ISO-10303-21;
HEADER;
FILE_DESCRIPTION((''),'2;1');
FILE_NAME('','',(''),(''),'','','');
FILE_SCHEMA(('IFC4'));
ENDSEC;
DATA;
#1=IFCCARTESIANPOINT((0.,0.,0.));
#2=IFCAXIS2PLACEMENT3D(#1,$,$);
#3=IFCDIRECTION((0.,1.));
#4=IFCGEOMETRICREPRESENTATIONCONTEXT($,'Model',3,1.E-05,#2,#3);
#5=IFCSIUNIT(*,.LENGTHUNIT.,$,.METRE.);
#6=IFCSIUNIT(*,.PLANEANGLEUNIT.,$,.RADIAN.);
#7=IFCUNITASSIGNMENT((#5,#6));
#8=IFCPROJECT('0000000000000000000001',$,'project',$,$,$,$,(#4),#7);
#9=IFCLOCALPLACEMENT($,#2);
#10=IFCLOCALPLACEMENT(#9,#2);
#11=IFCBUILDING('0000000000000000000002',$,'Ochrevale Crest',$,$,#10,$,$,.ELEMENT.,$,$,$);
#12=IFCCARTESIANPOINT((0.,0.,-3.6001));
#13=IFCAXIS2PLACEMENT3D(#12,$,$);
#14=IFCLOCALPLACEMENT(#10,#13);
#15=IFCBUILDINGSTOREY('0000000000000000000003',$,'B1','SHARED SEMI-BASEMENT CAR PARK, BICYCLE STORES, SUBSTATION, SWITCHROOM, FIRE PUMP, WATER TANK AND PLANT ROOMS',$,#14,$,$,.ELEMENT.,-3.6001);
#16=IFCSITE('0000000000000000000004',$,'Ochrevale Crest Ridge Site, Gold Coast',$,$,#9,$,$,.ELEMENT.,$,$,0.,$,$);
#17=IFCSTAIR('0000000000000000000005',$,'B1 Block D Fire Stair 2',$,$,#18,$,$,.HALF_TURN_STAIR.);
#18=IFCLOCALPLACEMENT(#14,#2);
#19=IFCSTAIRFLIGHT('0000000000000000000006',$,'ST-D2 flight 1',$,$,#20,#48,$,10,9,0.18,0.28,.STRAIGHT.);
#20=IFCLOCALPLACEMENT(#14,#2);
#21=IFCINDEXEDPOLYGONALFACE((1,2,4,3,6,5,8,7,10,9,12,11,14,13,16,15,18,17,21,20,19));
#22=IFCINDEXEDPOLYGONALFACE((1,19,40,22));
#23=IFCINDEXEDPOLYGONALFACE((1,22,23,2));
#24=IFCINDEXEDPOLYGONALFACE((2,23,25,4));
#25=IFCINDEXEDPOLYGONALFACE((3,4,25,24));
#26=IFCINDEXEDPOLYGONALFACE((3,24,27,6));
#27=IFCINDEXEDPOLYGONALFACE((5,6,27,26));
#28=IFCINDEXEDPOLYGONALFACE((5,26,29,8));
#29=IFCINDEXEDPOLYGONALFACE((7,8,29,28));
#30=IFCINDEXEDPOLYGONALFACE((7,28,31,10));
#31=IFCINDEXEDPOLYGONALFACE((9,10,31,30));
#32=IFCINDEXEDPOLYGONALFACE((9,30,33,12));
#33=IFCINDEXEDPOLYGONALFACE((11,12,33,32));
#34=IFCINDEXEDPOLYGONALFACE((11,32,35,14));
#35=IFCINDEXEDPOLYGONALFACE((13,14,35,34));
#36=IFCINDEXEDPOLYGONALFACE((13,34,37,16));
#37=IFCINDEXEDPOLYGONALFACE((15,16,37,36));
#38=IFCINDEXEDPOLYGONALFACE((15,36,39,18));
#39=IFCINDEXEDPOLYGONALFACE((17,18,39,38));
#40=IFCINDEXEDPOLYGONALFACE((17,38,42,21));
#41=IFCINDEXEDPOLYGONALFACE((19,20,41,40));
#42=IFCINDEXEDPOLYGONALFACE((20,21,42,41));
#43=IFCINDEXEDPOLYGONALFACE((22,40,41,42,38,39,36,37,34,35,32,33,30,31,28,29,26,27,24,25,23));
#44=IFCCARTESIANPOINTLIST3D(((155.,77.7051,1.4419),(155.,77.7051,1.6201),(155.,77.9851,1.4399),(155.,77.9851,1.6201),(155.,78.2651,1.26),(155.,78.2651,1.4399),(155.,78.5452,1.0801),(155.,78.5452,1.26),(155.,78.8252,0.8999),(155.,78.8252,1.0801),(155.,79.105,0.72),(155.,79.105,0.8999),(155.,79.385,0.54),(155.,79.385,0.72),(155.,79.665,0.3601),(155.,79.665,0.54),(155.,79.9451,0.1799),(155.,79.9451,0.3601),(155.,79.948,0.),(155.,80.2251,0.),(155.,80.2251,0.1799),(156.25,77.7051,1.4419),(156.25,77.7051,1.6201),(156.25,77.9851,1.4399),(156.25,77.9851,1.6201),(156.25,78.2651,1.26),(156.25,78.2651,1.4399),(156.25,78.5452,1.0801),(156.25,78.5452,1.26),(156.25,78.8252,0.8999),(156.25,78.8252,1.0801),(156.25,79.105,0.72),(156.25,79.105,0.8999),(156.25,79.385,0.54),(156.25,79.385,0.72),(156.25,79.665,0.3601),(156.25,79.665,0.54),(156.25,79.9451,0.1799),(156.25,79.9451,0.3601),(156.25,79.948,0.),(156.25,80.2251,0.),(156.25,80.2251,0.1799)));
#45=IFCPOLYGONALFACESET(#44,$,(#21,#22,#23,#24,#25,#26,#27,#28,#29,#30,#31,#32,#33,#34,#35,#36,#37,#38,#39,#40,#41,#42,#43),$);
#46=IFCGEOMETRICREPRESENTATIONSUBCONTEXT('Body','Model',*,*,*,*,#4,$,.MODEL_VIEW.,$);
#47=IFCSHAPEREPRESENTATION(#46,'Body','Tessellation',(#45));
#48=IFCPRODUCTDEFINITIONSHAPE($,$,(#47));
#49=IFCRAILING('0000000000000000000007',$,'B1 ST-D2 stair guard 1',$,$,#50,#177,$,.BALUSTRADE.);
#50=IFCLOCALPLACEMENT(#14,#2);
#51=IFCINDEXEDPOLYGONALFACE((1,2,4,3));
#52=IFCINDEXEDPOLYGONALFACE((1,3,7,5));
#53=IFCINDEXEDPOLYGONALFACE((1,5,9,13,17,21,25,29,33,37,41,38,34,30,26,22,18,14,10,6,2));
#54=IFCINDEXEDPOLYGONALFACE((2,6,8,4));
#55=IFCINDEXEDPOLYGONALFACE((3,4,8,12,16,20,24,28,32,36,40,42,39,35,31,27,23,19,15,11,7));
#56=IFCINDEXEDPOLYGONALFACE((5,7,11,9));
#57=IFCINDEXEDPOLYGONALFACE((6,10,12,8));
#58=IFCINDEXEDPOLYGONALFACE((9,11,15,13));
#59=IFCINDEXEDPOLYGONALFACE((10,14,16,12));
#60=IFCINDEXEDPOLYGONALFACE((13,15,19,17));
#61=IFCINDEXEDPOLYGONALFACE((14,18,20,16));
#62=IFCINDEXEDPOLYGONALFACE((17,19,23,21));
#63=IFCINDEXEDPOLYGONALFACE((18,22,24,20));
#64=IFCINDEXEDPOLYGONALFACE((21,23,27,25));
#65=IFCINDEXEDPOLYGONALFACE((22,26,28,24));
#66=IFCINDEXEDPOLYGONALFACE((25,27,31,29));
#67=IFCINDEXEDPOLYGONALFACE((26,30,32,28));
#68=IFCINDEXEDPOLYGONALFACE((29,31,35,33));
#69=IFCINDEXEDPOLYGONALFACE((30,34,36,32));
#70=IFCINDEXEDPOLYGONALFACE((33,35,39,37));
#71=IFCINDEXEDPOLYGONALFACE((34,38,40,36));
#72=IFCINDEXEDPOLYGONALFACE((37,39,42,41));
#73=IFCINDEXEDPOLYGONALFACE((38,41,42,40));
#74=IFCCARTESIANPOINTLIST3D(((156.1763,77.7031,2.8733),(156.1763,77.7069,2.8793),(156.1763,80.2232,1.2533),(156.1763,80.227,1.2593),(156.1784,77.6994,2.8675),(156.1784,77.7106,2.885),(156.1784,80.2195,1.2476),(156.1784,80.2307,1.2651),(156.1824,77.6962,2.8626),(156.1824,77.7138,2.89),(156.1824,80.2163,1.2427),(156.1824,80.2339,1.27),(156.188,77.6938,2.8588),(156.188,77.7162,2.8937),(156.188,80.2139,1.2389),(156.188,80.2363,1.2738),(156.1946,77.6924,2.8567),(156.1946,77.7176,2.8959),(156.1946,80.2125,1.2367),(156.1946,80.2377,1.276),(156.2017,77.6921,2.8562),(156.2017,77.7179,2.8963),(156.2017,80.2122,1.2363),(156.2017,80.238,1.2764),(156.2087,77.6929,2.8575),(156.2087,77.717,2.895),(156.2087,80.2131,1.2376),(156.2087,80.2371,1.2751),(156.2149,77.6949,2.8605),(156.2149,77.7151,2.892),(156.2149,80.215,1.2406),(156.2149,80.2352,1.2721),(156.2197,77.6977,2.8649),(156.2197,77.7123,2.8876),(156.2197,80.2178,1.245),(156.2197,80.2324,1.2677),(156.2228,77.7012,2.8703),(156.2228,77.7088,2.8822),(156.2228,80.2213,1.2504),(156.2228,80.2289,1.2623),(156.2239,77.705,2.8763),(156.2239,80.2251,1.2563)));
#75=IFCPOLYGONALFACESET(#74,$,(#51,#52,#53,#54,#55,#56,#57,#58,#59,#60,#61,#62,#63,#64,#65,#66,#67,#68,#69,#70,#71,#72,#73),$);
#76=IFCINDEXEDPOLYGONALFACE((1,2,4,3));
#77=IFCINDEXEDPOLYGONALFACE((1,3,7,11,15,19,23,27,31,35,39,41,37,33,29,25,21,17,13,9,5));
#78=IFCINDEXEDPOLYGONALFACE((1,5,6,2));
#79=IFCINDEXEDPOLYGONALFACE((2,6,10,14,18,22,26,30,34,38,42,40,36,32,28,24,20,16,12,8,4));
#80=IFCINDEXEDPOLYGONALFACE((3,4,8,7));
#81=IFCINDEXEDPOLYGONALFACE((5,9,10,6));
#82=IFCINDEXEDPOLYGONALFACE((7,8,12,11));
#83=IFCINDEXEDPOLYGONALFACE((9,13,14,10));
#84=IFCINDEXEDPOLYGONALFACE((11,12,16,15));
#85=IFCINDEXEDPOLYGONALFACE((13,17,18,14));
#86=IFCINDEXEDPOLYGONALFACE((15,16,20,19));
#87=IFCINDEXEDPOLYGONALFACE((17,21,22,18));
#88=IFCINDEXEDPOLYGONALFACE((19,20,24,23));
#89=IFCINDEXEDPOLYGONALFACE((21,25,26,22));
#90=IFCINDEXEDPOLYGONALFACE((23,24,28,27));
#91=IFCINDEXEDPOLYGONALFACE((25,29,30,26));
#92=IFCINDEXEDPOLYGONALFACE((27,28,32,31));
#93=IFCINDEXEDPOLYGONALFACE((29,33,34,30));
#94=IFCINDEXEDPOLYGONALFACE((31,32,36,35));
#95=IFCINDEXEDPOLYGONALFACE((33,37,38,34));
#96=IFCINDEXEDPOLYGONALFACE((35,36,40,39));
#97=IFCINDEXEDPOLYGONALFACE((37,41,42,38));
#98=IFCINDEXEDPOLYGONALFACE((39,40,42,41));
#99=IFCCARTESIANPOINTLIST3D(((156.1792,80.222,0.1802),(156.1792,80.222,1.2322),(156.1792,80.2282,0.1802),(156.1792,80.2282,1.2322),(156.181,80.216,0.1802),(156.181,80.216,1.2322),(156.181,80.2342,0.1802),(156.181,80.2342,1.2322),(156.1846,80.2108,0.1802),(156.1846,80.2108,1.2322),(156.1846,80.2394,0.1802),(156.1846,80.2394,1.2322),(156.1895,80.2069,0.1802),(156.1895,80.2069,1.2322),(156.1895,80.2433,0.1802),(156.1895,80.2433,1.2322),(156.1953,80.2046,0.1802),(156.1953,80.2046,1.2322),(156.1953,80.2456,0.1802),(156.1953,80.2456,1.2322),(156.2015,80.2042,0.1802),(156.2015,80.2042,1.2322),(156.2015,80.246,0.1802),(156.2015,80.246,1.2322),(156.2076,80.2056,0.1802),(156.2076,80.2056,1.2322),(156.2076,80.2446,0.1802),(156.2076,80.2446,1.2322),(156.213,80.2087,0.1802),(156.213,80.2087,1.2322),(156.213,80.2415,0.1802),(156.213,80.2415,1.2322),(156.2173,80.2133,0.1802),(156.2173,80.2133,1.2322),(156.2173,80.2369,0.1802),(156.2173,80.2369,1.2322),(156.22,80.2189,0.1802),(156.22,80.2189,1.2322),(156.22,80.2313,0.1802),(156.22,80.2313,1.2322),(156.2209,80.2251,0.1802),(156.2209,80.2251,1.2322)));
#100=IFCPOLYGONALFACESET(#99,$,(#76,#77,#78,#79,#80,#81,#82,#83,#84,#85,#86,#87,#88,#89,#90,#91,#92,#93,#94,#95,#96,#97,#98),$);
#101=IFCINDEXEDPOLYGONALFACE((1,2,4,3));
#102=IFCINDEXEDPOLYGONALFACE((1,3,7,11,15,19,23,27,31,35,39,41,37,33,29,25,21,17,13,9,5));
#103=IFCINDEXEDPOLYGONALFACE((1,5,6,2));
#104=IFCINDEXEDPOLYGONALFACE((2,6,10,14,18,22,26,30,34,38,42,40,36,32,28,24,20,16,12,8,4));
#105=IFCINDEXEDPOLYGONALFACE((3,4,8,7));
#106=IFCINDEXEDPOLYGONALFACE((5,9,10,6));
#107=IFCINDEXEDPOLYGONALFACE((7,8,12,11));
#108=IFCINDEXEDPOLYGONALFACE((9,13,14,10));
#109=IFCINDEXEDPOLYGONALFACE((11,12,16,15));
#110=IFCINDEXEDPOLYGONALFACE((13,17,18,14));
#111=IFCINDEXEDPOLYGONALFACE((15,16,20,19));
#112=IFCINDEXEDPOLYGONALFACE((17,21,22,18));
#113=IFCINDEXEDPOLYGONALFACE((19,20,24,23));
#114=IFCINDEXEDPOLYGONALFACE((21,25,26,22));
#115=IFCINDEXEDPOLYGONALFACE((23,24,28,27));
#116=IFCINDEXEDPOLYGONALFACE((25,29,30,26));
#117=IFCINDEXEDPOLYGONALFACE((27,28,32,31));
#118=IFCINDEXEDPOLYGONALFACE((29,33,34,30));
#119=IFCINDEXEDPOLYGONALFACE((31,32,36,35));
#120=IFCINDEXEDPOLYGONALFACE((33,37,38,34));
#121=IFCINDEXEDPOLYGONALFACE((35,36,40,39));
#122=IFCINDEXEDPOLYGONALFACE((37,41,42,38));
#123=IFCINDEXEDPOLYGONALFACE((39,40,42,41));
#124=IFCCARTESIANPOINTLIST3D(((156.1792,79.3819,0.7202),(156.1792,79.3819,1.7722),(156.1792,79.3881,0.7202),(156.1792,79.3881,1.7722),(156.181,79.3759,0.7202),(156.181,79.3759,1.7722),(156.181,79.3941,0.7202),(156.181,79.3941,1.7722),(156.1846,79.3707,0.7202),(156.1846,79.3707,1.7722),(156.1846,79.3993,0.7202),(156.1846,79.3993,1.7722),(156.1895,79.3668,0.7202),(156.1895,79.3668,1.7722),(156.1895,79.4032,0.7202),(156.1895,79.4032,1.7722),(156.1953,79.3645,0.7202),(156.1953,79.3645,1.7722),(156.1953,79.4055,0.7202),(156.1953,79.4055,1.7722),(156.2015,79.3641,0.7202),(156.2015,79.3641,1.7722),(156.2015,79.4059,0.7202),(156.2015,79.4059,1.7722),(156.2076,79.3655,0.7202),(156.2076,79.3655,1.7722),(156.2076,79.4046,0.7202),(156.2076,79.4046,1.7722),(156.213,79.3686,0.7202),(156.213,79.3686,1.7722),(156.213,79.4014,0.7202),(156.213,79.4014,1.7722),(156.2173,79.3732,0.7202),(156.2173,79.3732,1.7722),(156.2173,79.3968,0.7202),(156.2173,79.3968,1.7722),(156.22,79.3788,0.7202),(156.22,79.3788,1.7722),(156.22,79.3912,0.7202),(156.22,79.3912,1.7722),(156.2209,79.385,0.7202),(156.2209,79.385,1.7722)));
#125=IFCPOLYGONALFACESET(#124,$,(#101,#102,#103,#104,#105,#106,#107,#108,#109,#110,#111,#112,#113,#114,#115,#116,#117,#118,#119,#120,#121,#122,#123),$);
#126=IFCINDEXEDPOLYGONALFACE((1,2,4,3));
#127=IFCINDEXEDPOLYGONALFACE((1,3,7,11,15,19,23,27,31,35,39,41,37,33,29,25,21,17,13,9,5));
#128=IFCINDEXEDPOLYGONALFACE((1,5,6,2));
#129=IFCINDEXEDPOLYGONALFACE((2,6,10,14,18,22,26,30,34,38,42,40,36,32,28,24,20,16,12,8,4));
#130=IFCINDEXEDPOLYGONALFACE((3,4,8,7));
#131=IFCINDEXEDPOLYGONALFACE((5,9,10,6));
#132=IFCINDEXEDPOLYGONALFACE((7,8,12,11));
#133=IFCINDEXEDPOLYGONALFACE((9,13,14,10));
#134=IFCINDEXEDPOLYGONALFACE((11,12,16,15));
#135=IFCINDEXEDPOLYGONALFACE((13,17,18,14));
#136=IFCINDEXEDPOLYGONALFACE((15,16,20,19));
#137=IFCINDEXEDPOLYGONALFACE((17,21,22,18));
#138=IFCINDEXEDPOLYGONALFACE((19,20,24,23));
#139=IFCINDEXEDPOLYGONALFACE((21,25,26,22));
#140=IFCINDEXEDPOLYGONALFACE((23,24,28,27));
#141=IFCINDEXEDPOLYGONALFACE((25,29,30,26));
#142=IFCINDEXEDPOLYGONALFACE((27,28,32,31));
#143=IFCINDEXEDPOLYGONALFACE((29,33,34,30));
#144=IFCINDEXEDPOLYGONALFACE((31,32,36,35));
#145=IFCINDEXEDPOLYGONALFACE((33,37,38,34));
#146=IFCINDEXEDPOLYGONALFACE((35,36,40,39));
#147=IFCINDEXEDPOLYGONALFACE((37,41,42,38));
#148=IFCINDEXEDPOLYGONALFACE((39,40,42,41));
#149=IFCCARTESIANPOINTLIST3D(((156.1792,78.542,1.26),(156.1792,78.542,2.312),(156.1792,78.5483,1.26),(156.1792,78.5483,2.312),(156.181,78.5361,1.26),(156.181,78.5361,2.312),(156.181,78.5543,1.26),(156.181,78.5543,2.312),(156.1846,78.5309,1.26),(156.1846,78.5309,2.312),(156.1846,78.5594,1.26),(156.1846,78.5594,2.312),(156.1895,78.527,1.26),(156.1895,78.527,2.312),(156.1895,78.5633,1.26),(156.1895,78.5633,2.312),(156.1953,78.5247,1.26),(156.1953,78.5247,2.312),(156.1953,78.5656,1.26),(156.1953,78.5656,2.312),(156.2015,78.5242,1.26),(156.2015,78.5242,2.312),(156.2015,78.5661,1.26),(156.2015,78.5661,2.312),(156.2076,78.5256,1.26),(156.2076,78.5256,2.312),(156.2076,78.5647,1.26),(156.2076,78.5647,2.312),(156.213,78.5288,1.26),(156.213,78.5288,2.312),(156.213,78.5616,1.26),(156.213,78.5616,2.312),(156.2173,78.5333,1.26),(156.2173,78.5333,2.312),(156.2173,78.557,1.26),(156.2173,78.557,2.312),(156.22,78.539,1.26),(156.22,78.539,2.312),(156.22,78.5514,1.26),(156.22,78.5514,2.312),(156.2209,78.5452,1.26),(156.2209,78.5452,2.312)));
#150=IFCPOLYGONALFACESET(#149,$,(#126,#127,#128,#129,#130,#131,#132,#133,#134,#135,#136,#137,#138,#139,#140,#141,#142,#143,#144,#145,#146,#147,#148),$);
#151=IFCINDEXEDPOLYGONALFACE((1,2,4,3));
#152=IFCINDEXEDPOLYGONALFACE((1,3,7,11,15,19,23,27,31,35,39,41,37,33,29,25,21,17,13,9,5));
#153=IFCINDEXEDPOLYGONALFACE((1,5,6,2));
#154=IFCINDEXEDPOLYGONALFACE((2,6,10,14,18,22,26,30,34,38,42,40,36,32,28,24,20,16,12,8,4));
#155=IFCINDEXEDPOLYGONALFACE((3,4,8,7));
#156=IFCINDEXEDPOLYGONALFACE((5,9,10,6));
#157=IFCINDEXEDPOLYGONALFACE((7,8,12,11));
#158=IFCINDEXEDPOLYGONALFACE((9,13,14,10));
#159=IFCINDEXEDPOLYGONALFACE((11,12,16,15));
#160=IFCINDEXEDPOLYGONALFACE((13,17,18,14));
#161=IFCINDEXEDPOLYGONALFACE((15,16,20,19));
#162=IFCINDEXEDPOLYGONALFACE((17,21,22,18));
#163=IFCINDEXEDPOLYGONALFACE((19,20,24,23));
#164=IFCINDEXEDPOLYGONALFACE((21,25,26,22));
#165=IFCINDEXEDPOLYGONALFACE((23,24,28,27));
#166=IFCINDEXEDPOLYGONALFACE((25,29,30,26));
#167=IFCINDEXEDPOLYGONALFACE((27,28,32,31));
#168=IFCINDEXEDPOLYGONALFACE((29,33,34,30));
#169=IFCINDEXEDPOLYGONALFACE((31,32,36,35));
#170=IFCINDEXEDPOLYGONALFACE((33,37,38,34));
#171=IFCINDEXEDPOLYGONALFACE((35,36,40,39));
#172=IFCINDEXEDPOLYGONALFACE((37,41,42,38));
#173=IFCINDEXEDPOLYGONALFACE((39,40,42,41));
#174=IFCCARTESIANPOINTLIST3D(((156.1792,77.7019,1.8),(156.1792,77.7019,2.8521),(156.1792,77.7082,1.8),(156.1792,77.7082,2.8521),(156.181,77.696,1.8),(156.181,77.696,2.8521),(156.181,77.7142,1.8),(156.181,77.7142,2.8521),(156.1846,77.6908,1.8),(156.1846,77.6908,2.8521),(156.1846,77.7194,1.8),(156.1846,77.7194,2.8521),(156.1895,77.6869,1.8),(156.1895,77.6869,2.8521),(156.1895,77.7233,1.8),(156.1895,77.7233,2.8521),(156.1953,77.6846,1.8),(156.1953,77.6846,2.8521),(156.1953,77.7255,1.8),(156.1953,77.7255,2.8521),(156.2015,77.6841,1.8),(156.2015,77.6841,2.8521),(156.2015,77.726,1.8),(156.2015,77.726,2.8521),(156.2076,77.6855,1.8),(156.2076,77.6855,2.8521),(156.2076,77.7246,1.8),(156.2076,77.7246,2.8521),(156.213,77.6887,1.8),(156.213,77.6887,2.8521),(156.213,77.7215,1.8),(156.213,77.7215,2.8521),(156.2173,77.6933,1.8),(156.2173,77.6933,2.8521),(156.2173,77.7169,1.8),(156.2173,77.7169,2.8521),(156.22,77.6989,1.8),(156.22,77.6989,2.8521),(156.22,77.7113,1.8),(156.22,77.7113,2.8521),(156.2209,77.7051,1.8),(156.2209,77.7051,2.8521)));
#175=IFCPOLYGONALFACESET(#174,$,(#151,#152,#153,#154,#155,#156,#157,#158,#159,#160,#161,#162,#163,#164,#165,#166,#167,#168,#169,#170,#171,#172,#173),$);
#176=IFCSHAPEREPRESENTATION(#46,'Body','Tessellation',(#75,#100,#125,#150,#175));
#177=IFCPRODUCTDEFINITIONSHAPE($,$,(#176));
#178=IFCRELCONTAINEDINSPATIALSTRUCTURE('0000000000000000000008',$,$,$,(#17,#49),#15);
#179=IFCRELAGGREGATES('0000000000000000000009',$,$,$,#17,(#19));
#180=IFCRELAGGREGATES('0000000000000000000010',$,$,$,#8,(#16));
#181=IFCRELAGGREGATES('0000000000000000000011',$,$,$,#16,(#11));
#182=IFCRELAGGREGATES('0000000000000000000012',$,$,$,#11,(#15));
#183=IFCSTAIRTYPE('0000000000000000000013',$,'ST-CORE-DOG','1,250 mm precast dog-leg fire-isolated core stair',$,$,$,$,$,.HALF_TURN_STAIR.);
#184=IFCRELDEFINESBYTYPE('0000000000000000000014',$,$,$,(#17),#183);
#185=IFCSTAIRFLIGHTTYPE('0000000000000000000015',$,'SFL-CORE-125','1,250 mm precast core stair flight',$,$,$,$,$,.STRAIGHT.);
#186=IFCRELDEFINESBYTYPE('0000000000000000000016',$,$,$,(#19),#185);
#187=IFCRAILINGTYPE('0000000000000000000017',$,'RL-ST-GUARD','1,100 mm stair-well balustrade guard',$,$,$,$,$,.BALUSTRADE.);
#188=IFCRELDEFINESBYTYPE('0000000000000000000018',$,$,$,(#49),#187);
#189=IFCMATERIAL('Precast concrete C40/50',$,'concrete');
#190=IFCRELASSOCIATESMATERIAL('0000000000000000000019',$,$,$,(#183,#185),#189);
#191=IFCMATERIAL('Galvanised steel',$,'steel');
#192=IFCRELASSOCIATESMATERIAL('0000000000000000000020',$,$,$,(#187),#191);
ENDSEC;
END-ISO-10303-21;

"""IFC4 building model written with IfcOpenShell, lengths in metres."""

from ifc_helpers import new_model, si_unit, direction, frame, origin, origin_2d, place, context, subcontext, project, spatial, polyline, circle, outline, extrude, material, type_object, element, aggregate, save


model = new_model("IFC4")

# Units and contexts
model_context = context("Model", 3, precision=1e-05, world=origin(), true_north=direction((0.0, 1.0)))
body_context = subcontext(model_context, "Body", "Model", "MODEL_VIEW")
ifc_project = project(units=[si_unit("LENGTHUNIT", "METRE"), si_unit("PLANEANGLEUNIT", "RADIAN")], contexts=[model_context])

# Site, building, storey
site_placement = place(None, origin())
site = spatial("IfcSite", under=ifc_project, at=site_placement, Name="Ochrevale Crest Ridge Site, Gold Coast", CompositionType="ELEMENT", RefElevation=0.0)
building_placement = place(site_placement, origin())
building = spatial("IfcBuilding", under=site, at=building_placement, Name="Ochrevale Crest", CompositionType="ELEMENT")
storey_placement = place(building_placement, frame((0.0, 0.0, -3.6001)))
storey = spatial("IfcBuildingStorey", under=building, at=storey_placement, Name="B1", Description="SHARED SEMI-BASEMENT CAR PARK, BICYCLE STORES, SUBSTATION, SWITCHROOM, FIRE PUMP, WATER TANK AND PLANT ROOMS", CompositionType="ELEMENT", Elevation=-3.6001)

# Stair, stair flight
ifc_material_1 = material(Name="Precast concrete C40/50", Category="concrete")
stair_type = type_object("IfcStairType", Name="ST-CORE-DOG", Description="1,250 mm precast dog-leg fire-isolated core stair", PredefinedType="HALF_TURN_STAIR", material=ifc_material_1)
stair_placement = place(storey_placement, origin())
stair = element("IfcStair", 1, at=stair_placement, inside=storey, type_object=stair_type, Name="B1 Block D Fire Stair 2", PredefinedType="HALF_TURN_STAIR")
stair_flight_type = type_object("IfcStairFlightType", Name="SFL-CORE-125", Description="1,250 mm precast core stair flight", PredefinedType="STRAIGHT", material=ifc_material_1)
stair_flight_placement = place(storey_placement, frame((155.625, 80.2251, 0.0), z_axis=(0.0, 0.0, 1.0), x_axis=(0.0, -1.0, 0.0)))
stair_flight = element("IfcStairFlight", 2, at=stair_flight_placement, type_object=stair_flight_type, Name="ST-D2 flight 1", NumberOfRisers=10, NumberOfTreads=9, PredefinedType="STRAIGHT", RiserHeight=0.18, TreadLength=0.28, context=body_context, shape_type="SweptSolid", body=[
    extrude(outline(polyline([(0.0, 0.0), (0.0, 0.1799), (0.28, 0.1799), (0.28, 0.3601), (0.5601, 0.3601), (0.5601, 0.54), (0.8401, 0.54), (0.8401, 0.72), (1.1201, 0.72), (1.1201, 0.8999), (1.3999, 0.8999), (1.3999, 1.0801), (1.6799, 1.0801), (1.6799, 1.26), (1.96, 1.26), (1.96, 1.4399), (2.24, 1.4399), (2.24, 1.6201), (2.52, 1.6201), (2.52, 1.8), (2.52, 1.4419), (0.2771, 0.0), (0.0, 0.0)])), frame((0.0, 0.625, 0.0), z_axis=(0.0, -1.0, 0.0), x_axis=(1.0, 0.0, 0.0)), (0.0, 0.0, 1.0), 1.25),
])
aggregate(stair, [stair_flight])

# Railing
ifc_material_2 = material(Name="Galvanised steel", Category="steel")
railing_type_1 = type_object("IfcRailingType", Name="RL-ST-GUARD", Description="1,100 mm stair-well balustrade guard", PredefinedType="BALUSTRADE", material=ifc_material_2)
railing_1_placement = place(storey_placement, frame((156.2, 80.2251, 0.1802)))
element("IfcRailing", 3, at=railing_1_placement, inside=storey, type_object=railing_type_1, Name="B1 ST-D2 stair guard 1", PredefinedType="BALUSTRADE", context=body_context, shape_type="SweptSolid", body=[
    extrude(circle(Radius=0.0239, at=origin_2d()), frame((0.0, 0.0, 1.0762), z_axis=(0.0, -0.8412, 0.540725), x_axis=(1.0, 0.0, 0.0)), (0.0, 0.0, 1.0), 2.9958),
    extrude(circle(Radius=0.021, at=origin_2d()), origin(), (0.0, 0.0, 1.0), 1.052),
    extrude(circle(Radius=0.021, at=origin_2d()), frame((0.0, -0.8401, 0.54)), (0.0, 0.0, 1.0), 1.052),
    extrude(circle(Radius=0.021, at=origin_2d()), frame((0.0, -1.6799, 1.0798)), (0.0, 0.0, 1.0), 1.052),
    extrude(circle(Radius=0.021, at=origin_2d()), frame((0.0, -2.52, 1.6199)), (0.0, 0.0, 1.0), 1.052),
])

save(model, "model.ifc")
